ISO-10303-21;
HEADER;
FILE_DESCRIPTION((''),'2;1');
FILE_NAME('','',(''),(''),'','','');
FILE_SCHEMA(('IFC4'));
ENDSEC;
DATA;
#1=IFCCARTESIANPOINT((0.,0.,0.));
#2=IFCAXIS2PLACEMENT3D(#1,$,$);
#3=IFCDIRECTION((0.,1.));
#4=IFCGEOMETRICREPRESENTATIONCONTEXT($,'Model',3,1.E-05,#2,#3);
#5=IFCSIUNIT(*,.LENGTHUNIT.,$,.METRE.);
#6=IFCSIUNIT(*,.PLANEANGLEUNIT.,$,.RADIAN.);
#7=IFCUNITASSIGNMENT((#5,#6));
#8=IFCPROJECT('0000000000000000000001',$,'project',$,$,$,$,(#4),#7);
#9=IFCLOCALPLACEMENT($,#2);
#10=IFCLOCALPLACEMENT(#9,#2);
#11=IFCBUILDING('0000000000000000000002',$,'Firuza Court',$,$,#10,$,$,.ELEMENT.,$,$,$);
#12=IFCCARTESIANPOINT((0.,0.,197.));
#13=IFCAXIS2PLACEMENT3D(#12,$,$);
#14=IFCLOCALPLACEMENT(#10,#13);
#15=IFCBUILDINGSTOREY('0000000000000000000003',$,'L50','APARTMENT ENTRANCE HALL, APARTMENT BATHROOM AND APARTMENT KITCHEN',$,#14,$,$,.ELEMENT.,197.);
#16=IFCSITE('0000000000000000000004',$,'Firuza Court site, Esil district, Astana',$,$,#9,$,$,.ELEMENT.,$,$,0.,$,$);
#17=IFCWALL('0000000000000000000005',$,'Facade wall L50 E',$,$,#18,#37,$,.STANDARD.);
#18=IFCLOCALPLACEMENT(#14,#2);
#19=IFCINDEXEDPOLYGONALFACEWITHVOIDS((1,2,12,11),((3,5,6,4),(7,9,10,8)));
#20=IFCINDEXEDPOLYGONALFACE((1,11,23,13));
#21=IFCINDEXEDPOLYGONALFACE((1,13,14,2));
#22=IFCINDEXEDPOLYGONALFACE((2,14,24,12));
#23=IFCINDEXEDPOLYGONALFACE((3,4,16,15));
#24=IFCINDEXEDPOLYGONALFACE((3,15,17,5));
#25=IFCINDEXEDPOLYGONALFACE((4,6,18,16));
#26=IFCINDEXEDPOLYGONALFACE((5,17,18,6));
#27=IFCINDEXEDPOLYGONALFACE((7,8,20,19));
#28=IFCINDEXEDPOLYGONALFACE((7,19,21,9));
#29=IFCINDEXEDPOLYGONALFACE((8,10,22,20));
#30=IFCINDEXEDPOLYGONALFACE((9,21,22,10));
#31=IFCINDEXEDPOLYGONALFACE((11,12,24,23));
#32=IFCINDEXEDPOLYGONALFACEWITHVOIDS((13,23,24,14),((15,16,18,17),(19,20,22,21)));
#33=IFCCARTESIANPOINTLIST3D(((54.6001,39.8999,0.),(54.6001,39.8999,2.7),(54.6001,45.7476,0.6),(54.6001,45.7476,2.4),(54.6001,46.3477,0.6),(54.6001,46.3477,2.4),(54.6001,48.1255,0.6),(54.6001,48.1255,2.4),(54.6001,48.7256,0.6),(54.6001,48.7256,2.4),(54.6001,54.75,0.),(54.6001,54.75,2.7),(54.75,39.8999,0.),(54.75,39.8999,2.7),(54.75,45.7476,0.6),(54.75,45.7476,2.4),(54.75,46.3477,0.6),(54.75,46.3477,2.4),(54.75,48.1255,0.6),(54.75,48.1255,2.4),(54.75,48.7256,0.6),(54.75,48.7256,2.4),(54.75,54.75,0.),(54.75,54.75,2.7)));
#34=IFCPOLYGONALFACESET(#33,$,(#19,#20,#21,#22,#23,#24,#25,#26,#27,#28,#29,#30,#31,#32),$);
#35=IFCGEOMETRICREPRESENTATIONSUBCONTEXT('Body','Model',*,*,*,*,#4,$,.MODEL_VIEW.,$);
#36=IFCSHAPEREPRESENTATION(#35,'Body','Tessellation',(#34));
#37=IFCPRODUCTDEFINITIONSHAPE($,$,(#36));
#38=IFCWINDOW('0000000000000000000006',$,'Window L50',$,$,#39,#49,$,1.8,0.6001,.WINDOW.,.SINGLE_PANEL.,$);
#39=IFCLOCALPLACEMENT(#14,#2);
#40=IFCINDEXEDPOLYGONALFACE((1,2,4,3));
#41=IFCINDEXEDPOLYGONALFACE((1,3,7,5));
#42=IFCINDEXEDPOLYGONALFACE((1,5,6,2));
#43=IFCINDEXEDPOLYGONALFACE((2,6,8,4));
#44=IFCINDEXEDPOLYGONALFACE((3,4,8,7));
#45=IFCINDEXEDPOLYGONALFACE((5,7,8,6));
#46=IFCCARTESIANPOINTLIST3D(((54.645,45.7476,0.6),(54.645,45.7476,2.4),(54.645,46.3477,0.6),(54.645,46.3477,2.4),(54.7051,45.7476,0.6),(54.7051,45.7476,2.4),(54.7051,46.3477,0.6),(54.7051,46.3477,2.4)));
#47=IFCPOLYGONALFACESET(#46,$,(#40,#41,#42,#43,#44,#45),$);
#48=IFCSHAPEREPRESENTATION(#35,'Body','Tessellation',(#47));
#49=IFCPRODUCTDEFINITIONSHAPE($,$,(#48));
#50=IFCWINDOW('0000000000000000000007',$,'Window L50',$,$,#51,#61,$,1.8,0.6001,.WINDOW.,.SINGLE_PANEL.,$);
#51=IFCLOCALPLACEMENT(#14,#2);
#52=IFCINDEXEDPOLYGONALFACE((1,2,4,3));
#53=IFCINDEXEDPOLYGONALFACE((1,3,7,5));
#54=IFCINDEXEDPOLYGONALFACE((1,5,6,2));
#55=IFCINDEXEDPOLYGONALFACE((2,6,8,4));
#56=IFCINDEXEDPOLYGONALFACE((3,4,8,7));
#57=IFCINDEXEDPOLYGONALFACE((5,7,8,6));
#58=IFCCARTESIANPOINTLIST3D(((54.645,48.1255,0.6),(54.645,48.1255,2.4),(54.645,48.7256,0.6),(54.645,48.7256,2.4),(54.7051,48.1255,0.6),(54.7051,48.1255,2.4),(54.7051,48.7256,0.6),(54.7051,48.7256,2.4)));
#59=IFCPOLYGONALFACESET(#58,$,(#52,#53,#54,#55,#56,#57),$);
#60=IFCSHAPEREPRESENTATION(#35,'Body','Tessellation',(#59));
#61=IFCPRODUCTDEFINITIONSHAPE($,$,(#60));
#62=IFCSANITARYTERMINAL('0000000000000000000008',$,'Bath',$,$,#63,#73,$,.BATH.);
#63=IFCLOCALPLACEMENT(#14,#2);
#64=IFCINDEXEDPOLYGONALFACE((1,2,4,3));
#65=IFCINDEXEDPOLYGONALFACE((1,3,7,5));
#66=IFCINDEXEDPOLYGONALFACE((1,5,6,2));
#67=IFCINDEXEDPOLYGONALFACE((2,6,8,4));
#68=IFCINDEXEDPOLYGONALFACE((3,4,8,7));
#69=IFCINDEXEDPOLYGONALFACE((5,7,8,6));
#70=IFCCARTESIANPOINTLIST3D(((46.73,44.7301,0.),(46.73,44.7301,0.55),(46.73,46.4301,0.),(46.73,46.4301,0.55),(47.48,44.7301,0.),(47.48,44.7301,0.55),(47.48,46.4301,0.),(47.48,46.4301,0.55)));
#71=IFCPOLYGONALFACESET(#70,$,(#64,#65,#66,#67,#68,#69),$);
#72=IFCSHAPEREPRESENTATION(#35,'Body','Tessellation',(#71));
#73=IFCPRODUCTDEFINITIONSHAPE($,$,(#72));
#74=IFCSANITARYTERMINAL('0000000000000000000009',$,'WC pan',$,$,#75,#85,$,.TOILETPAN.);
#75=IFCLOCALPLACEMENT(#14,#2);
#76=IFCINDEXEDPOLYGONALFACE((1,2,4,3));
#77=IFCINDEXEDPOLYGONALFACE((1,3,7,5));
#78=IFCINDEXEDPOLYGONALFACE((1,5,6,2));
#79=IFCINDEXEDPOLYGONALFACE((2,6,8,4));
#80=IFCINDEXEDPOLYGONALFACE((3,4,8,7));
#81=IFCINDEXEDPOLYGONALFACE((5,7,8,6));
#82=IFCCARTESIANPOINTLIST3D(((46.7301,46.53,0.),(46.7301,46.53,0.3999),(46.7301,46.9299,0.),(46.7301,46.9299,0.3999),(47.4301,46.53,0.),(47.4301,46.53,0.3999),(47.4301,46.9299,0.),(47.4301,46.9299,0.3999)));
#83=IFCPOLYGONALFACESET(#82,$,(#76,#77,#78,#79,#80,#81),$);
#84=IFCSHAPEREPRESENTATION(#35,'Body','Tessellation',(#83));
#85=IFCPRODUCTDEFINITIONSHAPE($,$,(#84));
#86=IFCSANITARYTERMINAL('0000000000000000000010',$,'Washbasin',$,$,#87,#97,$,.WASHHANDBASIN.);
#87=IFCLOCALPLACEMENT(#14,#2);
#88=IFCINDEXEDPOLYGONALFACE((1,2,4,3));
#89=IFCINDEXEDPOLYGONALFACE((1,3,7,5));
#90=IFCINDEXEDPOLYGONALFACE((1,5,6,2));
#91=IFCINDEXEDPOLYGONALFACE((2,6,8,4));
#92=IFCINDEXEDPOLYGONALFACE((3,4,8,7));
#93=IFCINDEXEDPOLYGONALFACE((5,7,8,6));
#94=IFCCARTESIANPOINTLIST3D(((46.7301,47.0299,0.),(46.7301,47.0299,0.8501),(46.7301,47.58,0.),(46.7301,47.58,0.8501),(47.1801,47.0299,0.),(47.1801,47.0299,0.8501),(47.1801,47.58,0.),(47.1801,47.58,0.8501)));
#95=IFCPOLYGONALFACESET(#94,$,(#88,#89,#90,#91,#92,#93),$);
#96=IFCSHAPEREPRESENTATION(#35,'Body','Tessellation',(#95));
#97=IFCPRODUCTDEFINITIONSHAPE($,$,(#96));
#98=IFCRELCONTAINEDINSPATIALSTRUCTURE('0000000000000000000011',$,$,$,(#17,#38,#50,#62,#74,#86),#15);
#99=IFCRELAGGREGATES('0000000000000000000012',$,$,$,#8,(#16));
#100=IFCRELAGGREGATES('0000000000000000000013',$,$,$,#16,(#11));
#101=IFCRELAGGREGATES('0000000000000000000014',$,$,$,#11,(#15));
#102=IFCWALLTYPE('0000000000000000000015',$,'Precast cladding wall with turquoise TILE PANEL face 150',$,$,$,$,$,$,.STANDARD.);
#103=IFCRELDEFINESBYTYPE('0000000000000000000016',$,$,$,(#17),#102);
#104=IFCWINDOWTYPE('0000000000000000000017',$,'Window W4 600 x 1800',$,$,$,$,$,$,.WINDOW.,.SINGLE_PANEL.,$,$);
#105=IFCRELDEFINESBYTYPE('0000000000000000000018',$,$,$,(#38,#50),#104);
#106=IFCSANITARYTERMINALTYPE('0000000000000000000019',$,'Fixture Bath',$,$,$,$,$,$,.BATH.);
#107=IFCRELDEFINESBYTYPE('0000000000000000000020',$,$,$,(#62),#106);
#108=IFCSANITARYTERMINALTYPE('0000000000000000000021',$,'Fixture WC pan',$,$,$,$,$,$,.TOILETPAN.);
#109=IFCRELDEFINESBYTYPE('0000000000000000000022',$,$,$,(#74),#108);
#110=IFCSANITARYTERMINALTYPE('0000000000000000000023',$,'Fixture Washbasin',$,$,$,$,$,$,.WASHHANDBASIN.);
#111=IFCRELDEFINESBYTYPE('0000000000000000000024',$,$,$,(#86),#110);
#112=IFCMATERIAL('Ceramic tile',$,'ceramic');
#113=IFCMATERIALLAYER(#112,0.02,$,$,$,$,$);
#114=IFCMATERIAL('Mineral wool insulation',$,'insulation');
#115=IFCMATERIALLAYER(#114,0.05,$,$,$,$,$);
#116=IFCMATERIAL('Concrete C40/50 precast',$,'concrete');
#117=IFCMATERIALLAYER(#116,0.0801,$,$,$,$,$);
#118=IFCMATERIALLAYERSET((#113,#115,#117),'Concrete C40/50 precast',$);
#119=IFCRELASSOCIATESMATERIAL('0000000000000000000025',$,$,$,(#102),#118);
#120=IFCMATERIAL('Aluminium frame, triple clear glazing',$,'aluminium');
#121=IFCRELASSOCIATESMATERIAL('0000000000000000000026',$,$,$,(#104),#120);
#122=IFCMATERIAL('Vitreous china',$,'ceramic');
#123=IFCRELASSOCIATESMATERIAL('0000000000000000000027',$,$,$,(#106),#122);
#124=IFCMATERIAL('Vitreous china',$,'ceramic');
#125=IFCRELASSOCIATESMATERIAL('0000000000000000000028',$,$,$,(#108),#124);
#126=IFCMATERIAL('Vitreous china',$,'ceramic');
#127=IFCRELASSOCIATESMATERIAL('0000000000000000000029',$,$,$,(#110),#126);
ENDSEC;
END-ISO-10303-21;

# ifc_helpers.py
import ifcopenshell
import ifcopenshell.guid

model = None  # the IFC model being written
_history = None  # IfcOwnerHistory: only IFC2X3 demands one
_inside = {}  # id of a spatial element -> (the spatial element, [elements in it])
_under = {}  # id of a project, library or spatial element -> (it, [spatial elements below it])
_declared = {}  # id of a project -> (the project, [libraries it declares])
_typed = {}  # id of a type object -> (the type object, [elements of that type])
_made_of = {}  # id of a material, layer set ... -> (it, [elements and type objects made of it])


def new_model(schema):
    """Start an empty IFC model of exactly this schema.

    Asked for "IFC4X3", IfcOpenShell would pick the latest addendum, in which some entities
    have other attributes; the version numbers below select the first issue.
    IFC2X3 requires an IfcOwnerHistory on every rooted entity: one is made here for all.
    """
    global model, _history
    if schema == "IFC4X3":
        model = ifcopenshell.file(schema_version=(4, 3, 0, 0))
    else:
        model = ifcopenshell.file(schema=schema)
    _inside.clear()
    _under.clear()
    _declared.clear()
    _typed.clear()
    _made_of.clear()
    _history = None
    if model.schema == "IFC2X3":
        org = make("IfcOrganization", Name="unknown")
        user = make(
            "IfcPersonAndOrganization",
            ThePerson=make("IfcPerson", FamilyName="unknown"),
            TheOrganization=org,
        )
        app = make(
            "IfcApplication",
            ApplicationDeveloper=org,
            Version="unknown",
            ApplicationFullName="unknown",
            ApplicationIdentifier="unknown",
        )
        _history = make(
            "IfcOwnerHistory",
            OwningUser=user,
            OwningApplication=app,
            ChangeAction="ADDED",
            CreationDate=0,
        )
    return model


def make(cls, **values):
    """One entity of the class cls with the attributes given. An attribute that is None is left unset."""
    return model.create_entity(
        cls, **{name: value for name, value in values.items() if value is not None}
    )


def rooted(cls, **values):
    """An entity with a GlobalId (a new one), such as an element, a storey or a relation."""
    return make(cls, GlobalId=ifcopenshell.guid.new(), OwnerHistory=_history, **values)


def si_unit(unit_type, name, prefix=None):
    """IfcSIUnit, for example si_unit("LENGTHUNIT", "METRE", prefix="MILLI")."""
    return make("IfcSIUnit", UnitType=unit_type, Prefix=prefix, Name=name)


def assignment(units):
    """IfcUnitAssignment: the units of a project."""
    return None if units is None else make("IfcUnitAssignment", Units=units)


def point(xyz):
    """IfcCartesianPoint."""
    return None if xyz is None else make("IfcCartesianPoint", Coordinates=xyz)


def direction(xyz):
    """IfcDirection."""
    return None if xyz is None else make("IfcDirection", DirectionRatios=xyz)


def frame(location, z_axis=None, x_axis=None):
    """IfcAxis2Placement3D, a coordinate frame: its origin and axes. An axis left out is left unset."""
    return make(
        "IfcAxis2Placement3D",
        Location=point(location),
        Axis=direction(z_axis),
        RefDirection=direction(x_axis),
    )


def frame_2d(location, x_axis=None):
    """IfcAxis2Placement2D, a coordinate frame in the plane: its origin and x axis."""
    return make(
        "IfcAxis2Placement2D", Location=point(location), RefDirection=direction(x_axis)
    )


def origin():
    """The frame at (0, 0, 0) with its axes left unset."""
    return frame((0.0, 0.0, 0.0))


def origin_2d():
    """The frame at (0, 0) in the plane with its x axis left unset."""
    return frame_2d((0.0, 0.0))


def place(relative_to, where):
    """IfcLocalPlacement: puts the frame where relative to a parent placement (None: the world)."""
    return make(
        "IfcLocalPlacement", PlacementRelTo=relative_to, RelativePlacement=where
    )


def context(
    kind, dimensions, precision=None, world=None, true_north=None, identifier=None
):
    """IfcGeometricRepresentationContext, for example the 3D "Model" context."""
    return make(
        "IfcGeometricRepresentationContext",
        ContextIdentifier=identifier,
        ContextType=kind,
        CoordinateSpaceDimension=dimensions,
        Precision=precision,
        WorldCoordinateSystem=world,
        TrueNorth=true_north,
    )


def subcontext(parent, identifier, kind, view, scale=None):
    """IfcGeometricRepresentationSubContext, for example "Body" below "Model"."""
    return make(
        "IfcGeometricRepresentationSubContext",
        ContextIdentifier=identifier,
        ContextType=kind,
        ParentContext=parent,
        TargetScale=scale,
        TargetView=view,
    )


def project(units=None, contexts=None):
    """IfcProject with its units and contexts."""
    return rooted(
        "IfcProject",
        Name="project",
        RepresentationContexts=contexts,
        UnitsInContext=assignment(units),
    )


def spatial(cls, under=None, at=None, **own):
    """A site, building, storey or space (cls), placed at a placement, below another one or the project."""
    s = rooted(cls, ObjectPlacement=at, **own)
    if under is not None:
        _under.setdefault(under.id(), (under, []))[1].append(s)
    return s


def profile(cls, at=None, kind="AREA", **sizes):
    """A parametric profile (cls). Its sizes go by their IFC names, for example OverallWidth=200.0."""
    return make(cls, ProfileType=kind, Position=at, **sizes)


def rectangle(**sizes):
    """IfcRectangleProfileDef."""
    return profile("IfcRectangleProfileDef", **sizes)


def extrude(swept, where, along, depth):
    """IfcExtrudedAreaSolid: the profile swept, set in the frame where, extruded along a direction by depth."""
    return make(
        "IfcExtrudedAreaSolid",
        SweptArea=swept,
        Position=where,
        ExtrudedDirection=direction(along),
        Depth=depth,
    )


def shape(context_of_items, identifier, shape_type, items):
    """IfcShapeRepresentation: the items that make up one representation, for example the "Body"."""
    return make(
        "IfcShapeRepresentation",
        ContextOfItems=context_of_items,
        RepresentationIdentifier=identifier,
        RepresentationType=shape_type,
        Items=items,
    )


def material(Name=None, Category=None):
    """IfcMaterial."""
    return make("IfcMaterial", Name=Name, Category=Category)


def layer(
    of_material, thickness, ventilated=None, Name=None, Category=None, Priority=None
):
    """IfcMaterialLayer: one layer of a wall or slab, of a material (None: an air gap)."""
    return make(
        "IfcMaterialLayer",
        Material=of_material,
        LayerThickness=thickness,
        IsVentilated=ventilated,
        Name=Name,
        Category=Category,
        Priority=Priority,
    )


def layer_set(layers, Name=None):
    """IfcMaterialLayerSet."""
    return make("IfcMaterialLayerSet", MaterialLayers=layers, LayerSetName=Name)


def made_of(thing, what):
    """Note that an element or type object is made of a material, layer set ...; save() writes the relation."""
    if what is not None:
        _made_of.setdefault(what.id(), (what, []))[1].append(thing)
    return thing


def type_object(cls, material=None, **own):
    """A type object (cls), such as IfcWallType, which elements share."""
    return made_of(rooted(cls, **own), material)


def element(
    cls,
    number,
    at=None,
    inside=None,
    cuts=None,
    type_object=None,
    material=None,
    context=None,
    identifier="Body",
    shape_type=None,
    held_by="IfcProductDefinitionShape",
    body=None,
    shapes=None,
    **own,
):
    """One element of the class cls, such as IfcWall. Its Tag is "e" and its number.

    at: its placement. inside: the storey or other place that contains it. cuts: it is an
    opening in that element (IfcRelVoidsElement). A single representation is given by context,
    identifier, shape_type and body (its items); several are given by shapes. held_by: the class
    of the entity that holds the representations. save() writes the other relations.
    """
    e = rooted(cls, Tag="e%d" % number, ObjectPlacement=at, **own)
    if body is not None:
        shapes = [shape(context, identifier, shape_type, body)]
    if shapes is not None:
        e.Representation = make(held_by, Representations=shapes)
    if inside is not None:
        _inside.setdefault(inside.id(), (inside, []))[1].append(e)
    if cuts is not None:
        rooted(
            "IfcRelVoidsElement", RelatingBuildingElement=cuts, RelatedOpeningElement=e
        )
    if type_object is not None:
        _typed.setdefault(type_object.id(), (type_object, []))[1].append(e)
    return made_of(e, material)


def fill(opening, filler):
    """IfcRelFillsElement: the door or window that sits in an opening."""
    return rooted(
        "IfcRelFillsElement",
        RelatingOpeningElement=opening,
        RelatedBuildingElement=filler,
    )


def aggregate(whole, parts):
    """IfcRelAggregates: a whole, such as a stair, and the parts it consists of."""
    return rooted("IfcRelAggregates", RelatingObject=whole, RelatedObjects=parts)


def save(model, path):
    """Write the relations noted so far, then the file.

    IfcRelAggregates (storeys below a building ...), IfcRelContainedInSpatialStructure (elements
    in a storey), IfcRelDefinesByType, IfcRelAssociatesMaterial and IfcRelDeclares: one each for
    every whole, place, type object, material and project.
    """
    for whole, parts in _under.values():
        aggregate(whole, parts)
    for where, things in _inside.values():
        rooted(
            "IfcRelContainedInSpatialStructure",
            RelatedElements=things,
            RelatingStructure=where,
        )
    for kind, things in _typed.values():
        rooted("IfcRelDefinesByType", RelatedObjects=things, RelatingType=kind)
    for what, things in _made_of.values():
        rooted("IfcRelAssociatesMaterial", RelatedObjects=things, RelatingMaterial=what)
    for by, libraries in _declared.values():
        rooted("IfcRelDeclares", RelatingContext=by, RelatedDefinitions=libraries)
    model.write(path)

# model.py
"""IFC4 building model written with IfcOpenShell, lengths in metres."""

from ifc_helpers import new_model, si_unit, direction, frame, frame_2d, origin, origin_2d, place, context, subcontext, project, spatial, rectangle, extrude, material, layer, layer_set, type_object, element, fill, save


model = new_model("IFC4")

# Units and contexts
model_context = context("Model", 3, precision=1e-05, world=origin(), true_north=direction((0.0, 1.0)))
body_context = subcontext(model_context, "Body", "Model", "MODEL_VIEW")
ifc_project = project(units=[si_unit("LENGTHUNIT", "METRE"), si_unit("PLANEANGLEUNIT", "RADIAN")], contexts=[model_context])

# Site, building, storey
site_placement = place(None, origin())
site = spatial("IfcSite", under=ifc_project, at=site_placement, Name="Firuza Court site, Esil district, Astana", CompositionType="ELEMENT", RefElevation=0.0)
building_placement = place(site_placement, origin())
building = spatial("IfcBuilding", under=site, at=building_placement, Name="Firuza Court", CompositionType="ELEMENT")
storey_placement = place(building_placement, frame((0.0, 0.0, 197.0)))
storey = spatial("IfcBuildingStorey", under=building, at=storey_placement, Name="L50", Description="APARTMENT ENTRANCE HALL, APARTMENT BATHROOM AND APARTMENT KITCHEN", CompositionType="ELEMENT", Elevation=197.0)

# Shared definitions
ifc_material_1 = material(Name="Ceramic tile", Category="ceramic")
ifc_layer_1 = layer(ifc_material_1, 0.02)
ifc_material_2 = material(Name="Mineral wool insulation", Category="insulation")
ifc_layer_2 = layer(ifc_material_2, 0.05)
ifc_material_3 = material(Name="Concrete C40/50 precast", Category="concrete")
ifc_layer_3 = layer(ifc_material_3, 0.0801)
ifc_layer_set_1 = layer_set([ifc_layer_1, ifc_layer_2, ifc_layer_3], Name="Concrete C40/50 precast")
wall_type_1 = type_object("IfcWallType", Name="Precast cladding wall with turquoise TILE PANEL face 150", PredefinedType="STANDARD", material=ifc_layer_set_1)

# Wall, openings, windows
wall_1_placement = place(storey_placement, frame((54.675, 39.8999, 0.0), z_axis=(0.0, 0.0, 1.0), x_axis=(0.0, 1.0, 0.0)))
wall_1 = element("IfcWall", 1, at=wall_1_placement, inside=storey, type_object=wall_type_1, Name="Facade wall L50 E", PredefinedType="STANDARD", context=body_context, shape_type="SweptSolid", body=[
    extrude(rectangle(XDim=14.8501, YDim=0.1499, at=frame_2d((7.425, 0.0))), origin(), (0.0, 0.0, 1.0), 2.7),
])
opening_1_placement = place(wall_1_placement, frame((5.8477, 0.0, 0.6001)))
opening_1 = element("IfcOpeningElement", 2, at=opening_1_placement, cuts=wall_1, PredefinedType="OPENING", context=body_context, shape_type="SweptSolid", body=[
    extrude(rectangle(XDim=0.6001, YDim=1.8, at=frame_2d((0.3, 0.8999))), frame((0.0, 0.0869, 0.0), z_axis=(0.0, -1.0, 0.0), x_axis=(1.0, 0.0, 0.0)), (0.0, 0.0, 1.0), 0.1738),
])
opening_2_placement = place(wall_1_placement, frame((8.2256, 0.0, 0.6001)))
opening_2 = element("IfcOpeningElement", 3, at=opening_2_placement, cuts=wall_1, PredefinedType="OPENING", context=body_context, shape_type="SweptSolid", body=[
    extrude(rectangle(XDim=0.6001, YDim=1.8, at=frame_2d((0.3, 0.8999))), frame((0.0, 0.0869, 0.0), z_axis=(0.0, -1.0, 0.0), x_axis=(1.0, 0.0, 0.0)), (0.0, 0.0, 1.0), 0.1738),
])
ifc_material_4 = material(Name="Aluminium frame, triple clear glazing", Category="aluminium")
window_type = type_object("IfcWindowType", Name="Window W4 600 x 1800", PartitioningType="SINGLE_PANEL", PredefinedType="WINDOW", material=ifc_material_4)
window_1_placement = place(opening_1_placement, origin())
window_1 = element("IfcWindow", 4, at=window_1_placement, inside=storey, type_object=window_type, Name="Window L50", OverallHeight=1.8, OverallWidth=0.6001, PartitioningType="SINGLE_PANEL", PredefinedType="WINDOW", context=body_context, shape_type="SweptSolid", body=[
    extrude(rectangle(XDim=0.6001, YDim=1.8, at=frame_2d((0.3, 0.8999))), frame((0.0, 0.03, 0.0), z_axis=(0.0, -1.0, 0.0), x_axis=(1.0, 0.0, 0.0)), (0.0, 0.0, 1.0), 0.0601),
])
fill(opening_1, window_1)
window_2_placement = place(opening_2_placement, origin())
window_2 = element("IfcWindow", 5, at=window_2_placement, inside=storey, type_object=window_type, Name="Window L50", OverallHeight=1.8, OverallWidth=0.6001, PartitioningType="SINGLE_PANEL", PredefinedType="WINDOW", context=body_context, shape_type="SweptSolid", body=[
    extrude(rectangle(XDim=0.6001, YDim=1.8, at=frame_2d((0.3, 0.8999))), frame((0.0, 0.03, 0.0), z_axis=(0.0, -1.0, 0.0), x_axis=(1.0, 0.0, 0.0)), (0.0, 0.0, 1.0), 0.0601),
])
fill(opening_2, window_2)

# Sanitary terminals
ifc_material_5 = material(Name="Vitreous china", Category="ceramic")
sanitary_terminal_type_1 = type_object("IfcSanitaryTerminalType", Name="Fixture Bath", PredefinedType="BATH", material=ifc_material_5)
sanitary_terminal_1_placement = place(storey_placement, frame((47.105, 45.5801, 0.0), z_axis=(0.0, 0.0, 1.0), x_axis=(1.0, 0.0, 0.0)))
element("IfcSanitaryTerminal", 6, at=sanitary_terminal_1_placement, inside=storey, type_object=sanitary_terminal_type_1, Name="Bath", PredefinedType="BATH", context=body_context, shape_type="SweptSolid", body=[
    extrude(rectangle(XDim=0.75, YDim=1.7, at=origin_2d()), origin(), (0.0, 0.0, 1.0), 0.55),
])
ifc_material_6 = material(Name="Vitreous china", Category="ceramic")
sanitary_terminal_type_2 = type_object("IfcSanitaryTerminalType", Name="Fixture WC pan", PredefinedType="TOILETPAN", material=ifc_material_6)
sanitary_terminal_2_placement = place(storey_placement, frame((47.0801, 46.73, 0.0), z_axis=(0.0, 0.0, 1.0), x_axis=(1.0, 0.0, 0.0)))
element("IfcSanitaryTerminal", 7, at=sanitary_terminal_2_placement, inside=storey, type_object=sanitary_terminal_type_2, Name="WC pan", PredefinedType="TOILETPAN", context=body_context, shape_type="SweptSolid", body=[
    extrude(rectangle(XDim=0.7, YDim=0.3999, at=origin_2d()), origin(), (0.0, 0.0, 1.0), 0.3999),
])
ifc_material_7 = material(Name="Vitreous china", Category="ceramic")
sanitary_terminal_type_3 = type_object("IfcSanitaryTerminalType", Name="Fixture Washbasin", PredefinedType="WASHHANDBASIN", material=ifc_material_7)
sanitary_terminal_3_placement = place(storey_placement, frame((46.9551, 47.3049, 0.0), z_axis=(0.0, 0.0, 1.0), x_axis=(1.0, 0.0, 0.0)))
element("IfcSanitaryTerminal", 8, at=sanitary_terminal_3_placement, inside=storey, type_object=sanitary_terminal_type_3, Name="Washbasin", PredefinedType="WASHHANDBASIN", context=body_context, shape_type="SweptSolid", body=[
    extrude(rectangle(XDim=0.45, YDim=0.55, at=origin_2d()), origin(), (0.0, 0.0, 1.0), 0.8501),
])

save(model, "model.ifc")
